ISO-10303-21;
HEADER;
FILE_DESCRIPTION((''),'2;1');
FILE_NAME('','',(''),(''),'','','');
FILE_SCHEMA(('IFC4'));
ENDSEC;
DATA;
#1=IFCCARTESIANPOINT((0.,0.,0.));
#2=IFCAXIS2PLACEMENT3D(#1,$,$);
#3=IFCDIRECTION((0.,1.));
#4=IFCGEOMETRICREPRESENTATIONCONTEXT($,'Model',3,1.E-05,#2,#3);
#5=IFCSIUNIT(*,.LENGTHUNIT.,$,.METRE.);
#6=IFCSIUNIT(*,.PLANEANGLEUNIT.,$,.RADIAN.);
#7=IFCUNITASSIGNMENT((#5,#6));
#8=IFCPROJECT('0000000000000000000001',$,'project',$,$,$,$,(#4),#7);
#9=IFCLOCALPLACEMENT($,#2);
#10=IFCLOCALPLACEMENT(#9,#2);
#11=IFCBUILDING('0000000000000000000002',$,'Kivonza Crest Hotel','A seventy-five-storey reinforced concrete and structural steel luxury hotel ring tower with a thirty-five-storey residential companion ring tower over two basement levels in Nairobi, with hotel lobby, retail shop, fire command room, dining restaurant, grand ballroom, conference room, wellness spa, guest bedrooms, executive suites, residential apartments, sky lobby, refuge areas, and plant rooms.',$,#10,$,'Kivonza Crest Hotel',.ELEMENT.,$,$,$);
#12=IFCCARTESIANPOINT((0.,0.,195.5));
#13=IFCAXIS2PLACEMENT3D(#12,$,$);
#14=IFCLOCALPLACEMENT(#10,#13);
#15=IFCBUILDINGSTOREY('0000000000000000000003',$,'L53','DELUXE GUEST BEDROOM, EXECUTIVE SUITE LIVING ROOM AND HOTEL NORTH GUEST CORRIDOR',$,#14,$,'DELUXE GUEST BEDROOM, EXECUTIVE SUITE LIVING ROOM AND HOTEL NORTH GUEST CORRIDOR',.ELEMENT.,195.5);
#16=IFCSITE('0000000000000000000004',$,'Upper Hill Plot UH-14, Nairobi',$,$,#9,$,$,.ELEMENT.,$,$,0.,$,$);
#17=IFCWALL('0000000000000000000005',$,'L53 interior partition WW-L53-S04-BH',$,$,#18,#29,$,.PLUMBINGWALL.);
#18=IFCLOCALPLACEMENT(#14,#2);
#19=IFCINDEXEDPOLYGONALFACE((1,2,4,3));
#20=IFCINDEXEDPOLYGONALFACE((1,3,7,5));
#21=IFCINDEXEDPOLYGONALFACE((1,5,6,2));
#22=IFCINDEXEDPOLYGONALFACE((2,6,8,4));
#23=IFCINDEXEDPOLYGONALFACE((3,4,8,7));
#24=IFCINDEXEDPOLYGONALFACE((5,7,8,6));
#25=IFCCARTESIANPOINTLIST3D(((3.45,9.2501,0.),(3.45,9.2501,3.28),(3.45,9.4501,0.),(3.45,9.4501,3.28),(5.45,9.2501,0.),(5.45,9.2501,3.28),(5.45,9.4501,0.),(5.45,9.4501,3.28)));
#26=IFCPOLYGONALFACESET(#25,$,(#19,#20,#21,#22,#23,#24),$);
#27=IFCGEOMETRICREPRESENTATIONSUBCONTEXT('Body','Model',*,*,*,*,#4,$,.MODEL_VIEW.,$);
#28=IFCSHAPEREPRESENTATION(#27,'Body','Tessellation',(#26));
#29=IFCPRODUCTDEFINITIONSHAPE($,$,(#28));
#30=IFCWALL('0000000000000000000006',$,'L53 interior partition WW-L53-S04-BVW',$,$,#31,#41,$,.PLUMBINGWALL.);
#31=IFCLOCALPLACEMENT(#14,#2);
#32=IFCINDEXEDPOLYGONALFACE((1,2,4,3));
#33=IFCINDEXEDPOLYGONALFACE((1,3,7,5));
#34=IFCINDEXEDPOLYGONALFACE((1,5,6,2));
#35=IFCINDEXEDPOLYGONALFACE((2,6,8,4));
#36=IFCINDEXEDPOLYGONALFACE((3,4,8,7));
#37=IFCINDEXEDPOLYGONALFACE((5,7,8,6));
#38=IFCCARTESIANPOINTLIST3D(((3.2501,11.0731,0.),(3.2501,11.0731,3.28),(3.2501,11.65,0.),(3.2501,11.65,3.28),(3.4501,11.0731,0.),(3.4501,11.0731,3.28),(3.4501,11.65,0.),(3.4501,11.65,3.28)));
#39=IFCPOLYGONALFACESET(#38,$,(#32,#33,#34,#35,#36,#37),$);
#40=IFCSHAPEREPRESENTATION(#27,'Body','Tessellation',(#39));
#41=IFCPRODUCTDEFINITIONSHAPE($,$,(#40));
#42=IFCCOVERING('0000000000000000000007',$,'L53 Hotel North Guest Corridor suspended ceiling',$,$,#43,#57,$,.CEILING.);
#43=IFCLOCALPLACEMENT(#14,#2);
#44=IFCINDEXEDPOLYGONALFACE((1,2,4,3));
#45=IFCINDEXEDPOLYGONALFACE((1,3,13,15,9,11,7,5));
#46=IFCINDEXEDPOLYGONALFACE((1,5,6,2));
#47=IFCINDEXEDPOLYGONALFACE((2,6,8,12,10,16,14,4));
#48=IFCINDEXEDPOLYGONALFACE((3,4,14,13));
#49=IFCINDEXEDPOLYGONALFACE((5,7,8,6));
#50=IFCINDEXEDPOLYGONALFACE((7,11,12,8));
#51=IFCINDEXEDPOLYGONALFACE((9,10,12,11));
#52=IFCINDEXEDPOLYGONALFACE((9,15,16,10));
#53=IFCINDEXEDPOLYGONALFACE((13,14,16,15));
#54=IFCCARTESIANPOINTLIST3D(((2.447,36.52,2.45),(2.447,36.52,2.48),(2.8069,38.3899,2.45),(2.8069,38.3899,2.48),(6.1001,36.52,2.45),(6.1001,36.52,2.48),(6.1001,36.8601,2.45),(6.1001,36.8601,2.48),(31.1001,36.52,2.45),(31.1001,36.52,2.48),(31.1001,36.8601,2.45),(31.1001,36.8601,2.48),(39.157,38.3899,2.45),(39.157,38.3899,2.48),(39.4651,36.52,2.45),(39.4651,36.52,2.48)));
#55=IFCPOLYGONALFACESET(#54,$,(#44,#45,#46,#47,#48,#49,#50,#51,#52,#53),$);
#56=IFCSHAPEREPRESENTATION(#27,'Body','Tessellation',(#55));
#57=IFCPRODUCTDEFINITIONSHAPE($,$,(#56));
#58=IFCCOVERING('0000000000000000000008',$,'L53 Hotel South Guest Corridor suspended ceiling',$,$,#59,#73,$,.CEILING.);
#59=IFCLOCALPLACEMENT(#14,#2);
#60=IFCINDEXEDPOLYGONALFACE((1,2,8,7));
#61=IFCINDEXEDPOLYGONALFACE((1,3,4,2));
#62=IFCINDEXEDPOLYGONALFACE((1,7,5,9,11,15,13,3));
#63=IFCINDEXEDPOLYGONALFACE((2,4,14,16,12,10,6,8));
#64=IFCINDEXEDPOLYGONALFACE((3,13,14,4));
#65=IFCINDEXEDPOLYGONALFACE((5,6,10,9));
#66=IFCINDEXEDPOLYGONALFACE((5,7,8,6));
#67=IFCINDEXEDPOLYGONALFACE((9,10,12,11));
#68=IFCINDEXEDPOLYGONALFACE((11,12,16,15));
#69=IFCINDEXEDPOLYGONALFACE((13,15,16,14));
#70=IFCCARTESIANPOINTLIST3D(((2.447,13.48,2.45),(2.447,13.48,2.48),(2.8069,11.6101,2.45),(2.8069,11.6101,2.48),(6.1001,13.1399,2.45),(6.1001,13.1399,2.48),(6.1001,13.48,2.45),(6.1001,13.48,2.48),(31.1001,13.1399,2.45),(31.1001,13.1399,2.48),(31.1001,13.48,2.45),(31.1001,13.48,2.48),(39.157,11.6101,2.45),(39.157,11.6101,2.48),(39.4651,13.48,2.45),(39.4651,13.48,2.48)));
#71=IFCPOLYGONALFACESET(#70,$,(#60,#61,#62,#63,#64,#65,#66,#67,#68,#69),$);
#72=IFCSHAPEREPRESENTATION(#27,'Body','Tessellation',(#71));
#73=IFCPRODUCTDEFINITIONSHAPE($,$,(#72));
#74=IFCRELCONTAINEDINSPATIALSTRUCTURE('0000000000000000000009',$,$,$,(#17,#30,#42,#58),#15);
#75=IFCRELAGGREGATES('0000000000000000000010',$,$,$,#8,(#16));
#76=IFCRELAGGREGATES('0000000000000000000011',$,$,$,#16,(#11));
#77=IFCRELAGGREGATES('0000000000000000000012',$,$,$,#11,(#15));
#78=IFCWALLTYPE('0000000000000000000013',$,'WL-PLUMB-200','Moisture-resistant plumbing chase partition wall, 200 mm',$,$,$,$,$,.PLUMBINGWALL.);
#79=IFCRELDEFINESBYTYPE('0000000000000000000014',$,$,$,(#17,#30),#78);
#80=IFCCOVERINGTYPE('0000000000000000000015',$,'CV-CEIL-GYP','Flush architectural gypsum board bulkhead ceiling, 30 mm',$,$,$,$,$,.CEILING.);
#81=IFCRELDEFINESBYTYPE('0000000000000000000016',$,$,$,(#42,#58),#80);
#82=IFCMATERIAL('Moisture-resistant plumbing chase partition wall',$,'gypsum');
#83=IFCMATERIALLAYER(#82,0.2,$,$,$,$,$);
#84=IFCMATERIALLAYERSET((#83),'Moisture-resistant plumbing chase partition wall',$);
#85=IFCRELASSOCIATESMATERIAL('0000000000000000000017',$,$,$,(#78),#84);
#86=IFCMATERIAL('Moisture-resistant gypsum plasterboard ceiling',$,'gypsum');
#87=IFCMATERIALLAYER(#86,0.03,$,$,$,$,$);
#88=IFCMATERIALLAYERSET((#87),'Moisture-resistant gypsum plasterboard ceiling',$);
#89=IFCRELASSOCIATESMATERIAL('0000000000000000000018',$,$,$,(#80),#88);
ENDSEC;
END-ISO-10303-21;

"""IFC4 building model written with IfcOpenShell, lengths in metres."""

from ifc_helpers import new_model, si_unit, direction, frame, frame_2d, origin, place, context, subcontext, project, spatial, polyline, rectangle, outline, extrude, material, layer, layer_set, type_object, element, save


model = new_model("IFC4")

# Units and contexts
model_context = context("Model", 3, precision=1e-05, world=origin(), true_north=direction((0.0, 1.0)))
body_context = subcontext(model_context, "Body", "Model", "MODEL_VIEW")
ifc_project = project(units=[si_unit("LENGTHUNIT", "METRE"), si_unit("PLANEANGLEUNIT", "RADIAN")], contexts=[model_context])

# Site, building, storey
site_placement = place(None, origin())
site = spatial("IfcSite", under=ifc_project, at=site_placement, Name="Upper Hill Plot UH-14, Nairobi", CompositionType="ELEMENT", RefElevation=0.0)
building_placement = place(site_placement, origin())
building = spatial("IfcBuilding", under=site, at=building_placement, Name="Kivonza Crest Hotel", Description="A seventy-five-storey reinforced concrete and structural steel luxury hotel ring tower with a thirty-five-storey residential companion ring tower over two basement levels in Nairobi, with hotel lobby, retail shop, fire command room, dining restaurant, grand ballroom, conference room, wellness spa, guest bedrooms, executive suites, residential apartments, sky lobby, refuge areas, and plant rooms.", LongName="Kivonza Crest Hotel", CompositionType="ELEMENT")
storey_placement = place(building_placement, frame((0.0, 0.0, 195.5)))
storey = spatial("IfcBuildingStorey", under=building, at=storey_placement, Name="L53", Description="DELUXE GUEST BEDROOM, EXECUTIVE SUITE LIVING ROOM AND HOTEL NORTH GUEST CORRIDOR", LongName="DELUXE GUEST BEDROOM, EXECUTIVE SUITE LIVING ROOM AND HOTEL NORTH GUEST CORRIDOR", CompositionType="ELEMENT", Elevation=195.5)

# Shared definitions
ifc_material_1 = material(Name="Moisture-resistant plumbing chase partition wall", Category="gypsum")
ifc_layer_1 = layer(ifc_material_1, 0.2)
ifc_layer_set_1 = layer_set([ifc_layer_1], Name="Moisture-resistant plumbing chase partition wall")
wall_type_1 = type_object("IfcWallType", Name="WL-PLUMB-200", Description="Moisture-resistant plumbing chase partition wall, 200 mm", PredefinedType="PLUMBINGWALL", material=ifc_layer_set_1)

# Walls
wall_1_placement = place(storey_placement, frame((3.45, 9.3501, 0.0), z_axis=(0.0, 0.0, 1.0), x_axis=(1.0, 0.0, 0.0)))
element("IfcWall", 1, at=wall_1_placement, inside=storey, type_object=wall_type_1, Name="L53 interior partition WW-L53-S04-BH", PredefinedType="PLUMBINGWALL", context=body_context, shape_type="SweptSolid", body=[
    extrude(rectangle(XDim=2.0, YDim=0.2, at=frame_2d((1.0, 0.0))), origin(), (0.0, 0.0, 1.0), 3.28),
])
wall_2_placement = place(storey_placement, frame((3.3501, 11.073, 0.0), z_axis=(0.0, 0.0, 1.0), x_axis=(0.0, 1.0, 0.0)))
element("IfcWall", 2, at=wall_2_placement, inside=storey, type_object=wall_type_1, Name="L53 interior partition WW-L53-S04-BVW", PredefinedType="PLUMBINGWALL", context=body_context, shape_type="SweptSolid", body=[
    extrude(rectangle(XDim=0.5769, YDim=0.2, at=frame_2d((0.2886, 0.0))), origin(), (0.0, 0.0, 1.0), 3.28),
])

# Coverings
ifc_material_2 = material(Name="Moisture-resistant gypsum plasterboard ceiling", Category="gypsum")
ifc_layer_2 = layer(ifc_material_2, 0.03)
ifc_layer_set_2 = layer_set([ifc_layer_2], Name="Moisture-resistant gypsum plasterboard ceiling")
covering_type = type_object("IfcCoveringType", Name="CV-CEIL-GYP", Description="Flush architectural gypsum board bulkhead ceiling, 30 mm", PredefinedType="CEILING", material=ifc_layer_set_2)
covering_1_placement = place(storey_placement, frame((0.0, 0.0, 2.45)))
element("IfcCovering", 3, at=covering_1_placement, inside=storey, type_object=covering_type, Name="L53 Hotel North Guest Corridor suspended ceiling", PredefinedType="CEILING", context=body_context, shape_type="SweptSolid", body=[
    extrude(outline(polyline([(2.8069, 38.3899), (2.447, 36.52), (6.1001, 36.52), (6.1001, 36.8601), (31.1001, 36.8601), (31.1001, 36.52), (39.4651, 36.52), (39.157, 38.3899), (2.8069, 38.3899)])), origin(), (0.0, 0.0, 1.0), 0.03),
])
covering_2_placement = place(storey_placement, frame((0.0, 0.0, 2.45)))
element("IfcCovering", 4, at=covering_2_placement, inside=storey, type_object=covering_type, Name="L53 Hotel South Guest Corridor suspended ceiling", PredefinedType="CEILING", context=body_context, shape_type="SweptSolid", body=[
    extrude(outline(polyline([(2.447, 13.48), (2.8069, 11.6101), (39.157, 11.6101), (39.4651, 13.48), (31.1001, 13.48), (31.1001, 13.1399), (6.1001, 13.1399), (6.1001, 13.48), (2.447, 13.48)])), origin(), (0.0, 0.0, 1.0), 0.03),
])

save(model, "model.ifc")
